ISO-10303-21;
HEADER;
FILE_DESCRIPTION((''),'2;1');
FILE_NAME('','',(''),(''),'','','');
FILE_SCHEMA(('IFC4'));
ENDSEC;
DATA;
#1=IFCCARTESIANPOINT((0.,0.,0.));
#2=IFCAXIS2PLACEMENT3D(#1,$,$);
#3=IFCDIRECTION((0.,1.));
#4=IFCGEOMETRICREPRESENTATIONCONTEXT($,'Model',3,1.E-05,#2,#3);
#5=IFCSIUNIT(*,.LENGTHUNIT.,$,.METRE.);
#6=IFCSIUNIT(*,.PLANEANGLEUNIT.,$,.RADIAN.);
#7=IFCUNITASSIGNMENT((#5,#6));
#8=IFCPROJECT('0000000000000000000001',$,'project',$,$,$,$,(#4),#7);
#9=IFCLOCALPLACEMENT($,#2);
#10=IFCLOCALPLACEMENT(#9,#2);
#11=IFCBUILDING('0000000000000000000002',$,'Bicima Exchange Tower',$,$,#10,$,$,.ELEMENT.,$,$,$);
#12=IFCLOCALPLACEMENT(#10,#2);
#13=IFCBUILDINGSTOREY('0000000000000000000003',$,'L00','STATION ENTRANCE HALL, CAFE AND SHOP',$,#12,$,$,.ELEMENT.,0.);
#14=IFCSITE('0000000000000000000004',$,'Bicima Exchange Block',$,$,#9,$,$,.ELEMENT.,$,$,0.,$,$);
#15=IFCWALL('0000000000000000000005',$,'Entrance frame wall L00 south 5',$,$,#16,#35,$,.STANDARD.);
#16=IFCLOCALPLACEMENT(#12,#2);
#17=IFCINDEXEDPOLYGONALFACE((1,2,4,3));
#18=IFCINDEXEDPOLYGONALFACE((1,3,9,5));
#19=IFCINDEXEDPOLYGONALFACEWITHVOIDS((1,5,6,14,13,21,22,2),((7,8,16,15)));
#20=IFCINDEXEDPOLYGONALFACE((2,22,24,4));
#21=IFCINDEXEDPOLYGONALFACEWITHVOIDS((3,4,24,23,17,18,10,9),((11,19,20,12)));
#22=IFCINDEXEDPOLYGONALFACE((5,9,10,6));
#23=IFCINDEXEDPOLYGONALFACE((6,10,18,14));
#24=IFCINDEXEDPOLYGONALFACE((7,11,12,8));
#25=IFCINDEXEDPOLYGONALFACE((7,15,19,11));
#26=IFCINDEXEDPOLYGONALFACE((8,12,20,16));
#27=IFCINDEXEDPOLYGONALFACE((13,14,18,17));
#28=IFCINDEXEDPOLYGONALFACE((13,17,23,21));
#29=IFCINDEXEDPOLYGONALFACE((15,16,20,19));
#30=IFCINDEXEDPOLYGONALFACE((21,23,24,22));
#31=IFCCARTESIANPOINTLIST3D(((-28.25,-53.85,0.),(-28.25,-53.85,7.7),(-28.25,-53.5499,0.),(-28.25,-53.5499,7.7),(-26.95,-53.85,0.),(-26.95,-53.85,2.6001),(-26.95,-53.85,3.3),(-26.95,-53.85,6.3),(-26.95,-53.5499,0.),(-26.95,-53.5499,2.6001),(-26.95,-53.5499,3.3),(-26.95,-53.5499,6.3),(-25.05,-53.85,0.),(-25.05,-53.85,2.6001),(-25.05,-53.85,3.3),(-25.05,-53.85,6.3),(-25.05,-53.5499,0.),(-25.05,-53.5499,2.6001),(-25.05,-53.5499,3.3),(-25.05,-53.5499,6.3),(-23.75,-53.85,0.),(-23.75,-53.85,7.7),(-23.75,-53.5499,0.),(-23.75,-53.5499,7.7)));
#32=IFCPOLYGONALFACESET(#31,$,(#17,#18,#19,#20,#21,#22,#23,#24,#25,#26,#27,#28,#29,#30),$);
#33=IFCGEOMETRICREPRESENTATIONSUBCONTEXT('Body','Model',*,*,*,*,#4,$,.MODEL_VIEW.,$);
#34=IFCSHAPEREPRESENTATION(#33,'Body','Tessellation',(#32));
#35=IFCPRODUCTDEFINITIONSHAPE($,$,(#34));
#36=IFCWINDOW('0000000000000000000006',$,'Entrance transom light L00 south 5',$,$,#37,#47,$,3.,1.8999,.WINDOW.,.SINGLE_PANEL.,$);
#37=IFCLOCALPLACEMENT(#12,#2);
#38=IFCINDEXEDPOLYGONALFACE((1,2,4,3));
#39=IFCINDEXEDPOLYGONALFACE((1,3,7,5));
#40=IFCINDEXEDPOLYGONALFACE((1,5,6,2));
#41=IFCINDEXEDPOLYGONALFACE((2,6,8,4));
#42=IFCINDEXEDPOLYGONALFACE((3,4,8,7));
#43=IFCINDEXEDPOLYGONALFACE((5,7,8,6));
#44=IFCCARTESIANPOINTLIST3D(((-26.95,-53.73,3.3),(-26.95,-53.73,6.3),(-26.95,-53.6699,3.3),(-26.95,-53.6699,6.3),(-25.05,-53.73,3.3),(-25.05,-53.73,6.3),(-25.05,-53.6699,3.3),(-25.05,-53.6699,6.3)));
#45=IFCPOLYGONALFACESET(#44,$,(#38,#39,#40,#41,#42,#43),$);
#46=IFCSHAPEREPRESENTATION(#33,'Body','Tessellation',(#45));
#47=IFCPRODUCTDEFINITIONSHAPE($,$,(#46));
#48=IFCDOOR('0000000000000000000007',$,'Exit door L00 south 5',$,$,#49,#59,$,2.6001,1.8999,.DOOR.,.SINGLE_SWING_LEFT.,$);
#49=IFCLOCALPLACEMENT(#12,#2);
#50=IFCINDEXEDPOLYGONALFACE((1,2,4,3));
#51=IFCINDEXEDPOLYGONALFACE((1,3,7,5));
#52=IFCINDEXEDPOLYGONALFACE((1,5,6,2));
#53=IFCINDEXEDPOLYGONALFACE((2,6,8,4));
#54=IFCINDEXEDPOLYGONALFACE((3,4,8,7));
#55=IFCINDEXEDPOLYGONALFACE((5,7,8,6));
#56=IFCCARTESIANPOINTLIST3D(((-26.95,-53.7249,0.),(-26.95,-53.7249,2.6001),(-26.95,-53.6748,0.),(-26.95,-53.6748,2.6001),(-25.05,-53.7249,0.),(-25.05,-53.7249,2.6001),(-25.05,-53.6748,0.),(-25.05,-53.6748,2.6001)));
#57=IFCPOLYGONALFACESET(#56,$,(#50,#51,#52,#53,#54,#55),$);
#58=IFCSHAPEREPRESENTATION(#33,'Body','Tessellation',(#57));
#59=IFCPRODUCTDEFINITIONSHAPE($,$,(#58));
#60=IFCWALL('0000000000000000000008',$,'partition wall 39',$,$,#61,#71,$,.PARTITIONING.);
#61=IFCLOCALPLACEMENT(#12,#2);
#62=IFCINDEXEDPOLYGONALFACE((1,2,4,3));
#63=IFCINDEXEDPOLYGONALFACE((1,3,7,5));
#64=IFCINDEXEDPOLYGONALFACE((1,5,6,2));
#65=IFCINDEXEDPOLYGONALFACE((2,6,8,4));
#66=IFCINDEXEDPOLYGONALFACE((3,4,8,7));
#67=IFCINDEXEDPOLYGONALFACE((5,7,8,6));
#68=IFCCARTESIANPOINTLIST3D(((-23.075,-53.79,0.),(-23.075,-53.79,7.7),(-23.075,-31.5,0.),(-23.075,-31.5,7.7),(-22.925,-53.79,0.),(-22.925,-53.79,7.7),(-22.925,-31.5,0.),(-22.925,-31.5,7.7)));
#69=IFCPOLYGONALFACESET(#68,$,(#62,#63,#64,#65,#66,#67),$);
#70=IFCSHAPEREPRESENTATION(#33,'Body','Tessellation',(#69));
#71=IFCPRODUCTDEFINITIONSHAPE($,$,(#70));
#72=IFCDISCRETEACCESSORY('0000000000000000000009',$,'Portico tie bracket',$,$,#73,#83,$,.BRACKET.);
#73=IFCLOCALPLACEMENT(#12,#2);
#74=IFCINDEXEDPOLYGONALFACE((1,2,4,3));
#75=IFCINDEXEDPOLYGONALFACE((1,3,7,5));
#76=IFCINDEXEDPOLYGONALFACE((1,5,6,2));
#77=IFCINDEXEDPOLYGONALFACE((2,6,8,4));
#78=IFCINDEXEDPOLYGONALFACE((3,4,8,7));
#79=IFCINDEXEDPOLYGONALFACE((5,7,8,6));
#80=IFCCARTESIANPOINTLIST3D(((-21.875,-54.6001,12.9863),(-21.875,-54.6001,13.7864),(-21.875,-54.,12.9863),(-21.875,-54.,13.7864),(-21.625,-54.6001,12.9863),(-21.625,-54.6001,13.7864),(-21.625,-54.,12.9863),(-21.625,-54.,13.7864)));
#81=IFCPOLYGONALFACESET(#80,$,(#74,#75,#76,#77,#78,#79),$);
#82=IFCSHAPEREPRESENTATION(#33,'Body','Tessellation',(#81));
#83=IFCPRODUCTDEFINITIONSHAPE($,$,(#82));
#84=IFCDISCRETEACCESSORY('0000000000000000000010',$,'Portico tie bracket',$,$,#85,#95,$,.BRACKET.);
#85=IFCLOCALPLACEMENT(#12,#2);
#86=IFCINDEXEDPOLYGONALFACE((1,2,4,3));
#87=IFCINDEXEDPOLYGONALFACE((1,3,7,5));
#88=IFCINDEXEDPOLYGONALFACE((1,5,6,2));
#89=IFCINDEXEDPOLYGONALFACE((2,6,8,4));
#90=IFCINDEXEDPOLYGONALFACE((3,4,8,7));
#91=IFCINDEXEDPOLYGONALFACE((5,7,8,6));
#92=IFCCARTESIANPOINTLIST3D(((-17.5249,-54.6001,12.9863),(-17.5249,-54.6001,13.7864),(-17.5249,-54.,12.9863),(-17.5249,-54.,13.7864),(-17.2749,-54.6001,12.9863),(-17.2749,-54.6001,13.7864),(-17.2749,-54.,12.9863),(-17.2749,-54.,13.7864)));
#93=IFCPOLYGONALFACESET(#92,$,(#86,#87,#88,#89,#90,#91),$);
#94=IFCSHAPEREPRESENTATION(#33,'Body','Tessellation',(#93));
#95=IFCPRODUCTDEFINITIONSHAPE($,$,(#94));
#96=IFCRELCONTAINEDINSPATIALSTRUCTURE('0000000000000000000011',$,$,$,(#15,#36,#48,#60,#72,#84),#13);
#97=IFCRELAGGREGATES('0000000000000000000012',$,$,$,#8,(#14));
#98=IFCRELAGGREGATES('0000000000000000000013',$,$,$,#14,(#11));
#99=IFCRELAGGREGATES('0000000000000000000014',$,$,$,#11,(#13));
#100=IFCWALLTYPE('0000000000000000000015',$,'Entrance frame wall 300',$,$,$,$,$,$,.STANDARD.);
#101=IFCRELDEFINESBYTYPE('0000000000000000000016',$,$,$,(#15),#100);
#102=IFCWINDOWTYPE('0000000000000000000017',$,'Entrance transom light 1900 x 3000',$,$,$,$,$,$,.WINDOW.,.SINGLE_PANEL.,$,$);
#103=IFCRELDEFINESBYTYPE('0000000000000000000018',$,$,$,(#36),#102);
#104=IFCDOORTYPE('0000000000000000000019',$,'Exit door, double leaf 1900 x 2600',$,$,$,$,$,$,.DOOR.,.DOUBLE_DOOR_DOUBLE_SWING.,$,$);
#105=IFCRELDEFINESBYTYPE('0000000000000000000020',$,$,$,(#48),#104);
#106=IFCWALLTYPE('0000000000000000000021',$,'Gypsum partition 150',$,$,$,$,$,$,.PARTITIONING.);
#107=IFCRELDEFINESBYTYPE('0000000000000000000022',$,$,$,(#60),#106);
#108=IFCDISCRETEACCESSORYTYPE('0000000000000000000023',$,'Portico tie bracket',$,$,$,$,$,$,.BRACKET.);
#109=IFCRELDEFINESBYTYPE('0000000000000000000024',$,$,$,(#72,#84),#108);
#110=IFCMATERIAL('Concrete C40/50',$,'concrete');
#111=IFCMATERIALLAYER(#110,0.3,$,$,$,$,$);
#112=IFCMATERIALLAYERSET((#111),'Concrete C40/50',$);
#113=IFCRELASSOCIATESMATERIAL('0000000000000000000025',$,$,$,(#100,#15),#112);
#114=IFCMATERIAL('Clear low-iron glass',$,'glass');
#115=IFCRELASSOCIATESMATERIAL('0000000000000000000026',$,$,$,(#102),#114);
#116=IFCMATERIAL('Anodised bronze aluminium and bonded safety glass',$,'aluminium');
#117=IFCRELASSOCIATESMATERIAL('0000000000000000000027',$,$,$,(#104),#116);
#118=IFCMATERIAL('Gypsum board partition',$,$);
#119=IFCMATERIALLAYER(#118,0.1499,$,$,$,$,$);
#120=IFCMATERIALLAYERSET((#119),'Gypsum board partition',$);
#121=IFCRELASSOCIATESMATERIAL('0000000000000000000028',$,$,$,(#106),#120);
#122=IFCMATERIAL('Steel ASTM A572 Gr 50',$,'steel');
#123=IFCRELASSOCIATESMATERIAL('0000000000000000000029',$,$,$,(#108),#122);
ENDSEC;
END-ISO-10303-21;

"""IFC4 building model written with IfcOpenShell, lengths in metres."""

from ifc_helpers import new_model, si_unit, direction, frame, frame_2d, origin, origin_2d, place, context, subcontext, project, spatial, rectangle, extrude, material, layer, layer_set, layer_usage, type_object, element, fill, save


model = new_model("IFC4")

# Units and contexts
model_context = context("Model", 3, precision=1e-05, world=origin(), true_north=direction((0.0, 1.0)))
body_context = subcontext(model_context, "Body", "Model", "MODEL_VIEW")
ifc_project = project(units=[si_unit("LENGTHUNIT", "METRE"), si_unit("PLANEANGLEUNIT", "RADIAN")], contexts=[model_context])

# Site, building, storey
site_placement = place(None, origin())
site = spatial("IfcSite", under=ifc_project, at=site_placement, Name="Bicima Exchange Block", CompositionType="ELEMENT", RefElevation=0.0)
building_placement = place(site_placement, origin())
building = spatial("IfcBuilding", under=site, at=building_placement, Name="Bicima Exchange Tower", CompositionType="ELEMENT")
storey_placement = place(building_placement, origin())
storey = spatial("IfcBuildingStorey", under=building, at=storey_placement, Name="L00", Description="STATION ENTRANCE HALL, CAFE AND SHOP", CompositionType="ELEMENT", Elevation=0.0)

# Shared definitions
ifc_material_1 = material(Name="Concrete C40/50", Category="concrete")

# Shared definitions
ifc_material_2 = material(Name="Steel ASTM A572 Gr 50", Category="steel")

# Shared definitions
ifc_material_3 = material(Name="Clear low-iron glass", Category="glass")

# Wall, openings, window, door
ifc_layer_1 = layer(ifc_material_1, 0.3)
ifc_layer_set_1 = layer_set([ifc_layer_1], Name="Concrete C40/50")
ifc_layer_usage = layer_usage(ifc_layer_set_1, "AXIS2", "POSITIVE", -0.15)
wall_type_1 = type_object("IfcWallType", Name="Entrance frame wall 300", PredefinedType="STANDARD", material=ifc_layer_set_1)
wall_1_placement = place(storey_placement, frame((-23.75, -53.7, 0.0), z_axis=(0.0, 0.0, 1.0), x_axis=(-1.0, 0.0, 0.0)))
wall_1 = element("IfcWall", 1, at=wall_1_placement, inside=storey, type_object=wall_type_1, material=ifc_layer_usage, Name="Entrance frame wall L00 south 5", PredefinedType="STANDARD", context=body_context, shape_type="SweptSolid", body=[
    extrude(rectangle(XDim=4.5, YDim=0.3, at=frame_2d((2.25, 0.0))), origin(), (0.0, 0.0, 1.0), 7.7),
])
opening_1_placement = place(wall_1_placement, frame((1.3, 0.0, 0.0)))
opening_1 = element("IfcOpeningElement", 2, at=opening_1_placement, cuts=wall_1, PredefinedType="OPENING", context=body_context, shape_type="SweptSolid", body=[
    extrude(rectangle(XDim=1.8999, YDim=2.6001, at=frame_2d((0.95, 1.3))), frame((0.0, 0.1621, 0.0), z_axis=(0.0, -1.0, 0.0), x_axis=(1.0, 0.0, 0.0)), (0.0, 0.0, 1.0), 0.324),
])
opening_2_placement = place(wall_1_placement, frame((1.3, 0.0, 3.3)))
opening_2 = element("IfcOpeningElement", 3, at=opening_2_placement, cuts=wall_1, PredefinedType="OPENING", context=body_context, shape_type="SweptSolid", body=[
    extrude(rectangle(XDim=1.8999, YDim=3.0, at=frame_2d((0.95, 1.5))), frame((0.0, 0.1621, 0.0), z_axis=(0.0, -1.0, 0.0), x_axis=(1.0, 0.0, 0.0)), (0.0, 0.0, 1.0), 0.324),
])
window_type = type_object("IfcWindowType", Name="Entrance transom light 1900 x 3000", PartitioningType="SINGLE_PANEL", PredefinedType="WINDOW", material=ifc_material_3)
window_placement = place(opening_2_placement, origin())
window = element("IfcWindow", 4, at=window_placement, inside=storey, type_object=window_type, Name="Entrance transom light L00 south 5", OverallHeight=3.0, OverallWidth=1.8999, PartitioningType="SINGLE_PANEL", PredefinedType="WINDOW", context=body_context, shape_type="SweptSolid", body=[
    extrude(rectangle(XDim=1.8999, YDim=3.0, at=frame_2d((0.95, 1.5))), frame((0.0, 0.03, 0.0), z_axis=(0.0, -1.0, 0.0), x_axis=(1.0, 0.0, 0.0)), (0.0, 0.0, 1.0), 0.0601),
])
fill(opening_2, window)
ifc_material_4 = material(Name="Anodised bronze aluminium and bonded safety glass", Category="aluminium")
door_type = type_object("IfcDoorType", Name="Exit door, double leaf 1900 x 2600", OperationType="DOUBLE_DOOR_DOUBLE_SWING", PredefinedType="DOOR", material=ifc_material_4)
door_placement = place(opening_1_placement, origin())
door = element("IfcDoor", 5, at=door_placement, inside=storey, type_object=door_type, Name="Exit door L00 south 5", OperationType="SINGLE_SWING_LEFT", OverallHeight=2.6001, OverallWidth=1.8999, PredefinedType="DOOR", context=body_context, shape_type="SweptSolid", body=[
    extrude(rectangle(XDim=1.8999, YDim=2.6001, at=frame_2d((0.95, 1.3))), frame((0.0, 0.0249, 0.0), z_axis=(0.0, -1.0, 0.0), x_axis=(1.0, 0.0, 0.0)), (0.0, 0.0, 1.0), 0.05),
])
fill(opening_1, door)

# Wall
ifc_material_5 = material(Name="Gypsum board partition")
ifc_layer_2 = layer(ifc_material_5, 0.1499)
ifc_layer_set_2 = layer_set([ifc_layer_2], Name="Gypsum board partition")
wall_type_2 = type_object("IfcWallType", Name="Gypsum partition 150", PredefinedType="PARTITIONING", material=ifc_layer_set_2)
wall_2_placement = place(storey_placement, frame((-23.0, -53.79, 0.0), z_axis=(0.0, 0.0, 1.0), x_axis=(0.0, 1.0, 0.0)))
element("IfcWall", 6, at=wall_2_placement, inside=storey, type_object=wall_type_2, Name="partition wall 39", PredefinedType="PARTITIONING", context=body_context, shape_type="SweptSolid", body=[
    extrude(rectangle(XDim=22.29, YDim=0.1499, at=frame_2d((11.145, 0.0))), origin(), (0.0, 0.0, 1.0), 7.7),
])

# Discrete accessories
discrete_accessory_type = type_object("IfcDiscreteAccessoryType", Name="Portico tie bracket", PredefinedType="BRACKET", material=ifc_material_2)
for number, where, z_axis, x_axis, name in (
    (7, (-21.75, -54.3, 12.9863), (0.0, 0.0, 1.0), (1.0, 0.0, 0.0), "Portico tie bracket"),
    (8, (-17.3999, -54.3, 12.9863), (0.0, 0.0, 1.0), (1.0, 0.0, 0.0), "Portico tie bracket"),
):
    element("IfcDiscreteAccessory", number, at=place(storey_placement, frame(where, z_axis=z_axis, x_axis=x_axis)), inside=storey, type_object=discrete_accessory_type, Name=name, PredefinedType="BRACKET", context=body_context, shape_type="SweptSolid", body=[
        extrude(rectangle(XDim=0.25, YDim=0.6001, at=origin_2d()), origin(), (0.0, 0.0, 1.0), 0.8),
    ])

save(model, "model.ifc")
